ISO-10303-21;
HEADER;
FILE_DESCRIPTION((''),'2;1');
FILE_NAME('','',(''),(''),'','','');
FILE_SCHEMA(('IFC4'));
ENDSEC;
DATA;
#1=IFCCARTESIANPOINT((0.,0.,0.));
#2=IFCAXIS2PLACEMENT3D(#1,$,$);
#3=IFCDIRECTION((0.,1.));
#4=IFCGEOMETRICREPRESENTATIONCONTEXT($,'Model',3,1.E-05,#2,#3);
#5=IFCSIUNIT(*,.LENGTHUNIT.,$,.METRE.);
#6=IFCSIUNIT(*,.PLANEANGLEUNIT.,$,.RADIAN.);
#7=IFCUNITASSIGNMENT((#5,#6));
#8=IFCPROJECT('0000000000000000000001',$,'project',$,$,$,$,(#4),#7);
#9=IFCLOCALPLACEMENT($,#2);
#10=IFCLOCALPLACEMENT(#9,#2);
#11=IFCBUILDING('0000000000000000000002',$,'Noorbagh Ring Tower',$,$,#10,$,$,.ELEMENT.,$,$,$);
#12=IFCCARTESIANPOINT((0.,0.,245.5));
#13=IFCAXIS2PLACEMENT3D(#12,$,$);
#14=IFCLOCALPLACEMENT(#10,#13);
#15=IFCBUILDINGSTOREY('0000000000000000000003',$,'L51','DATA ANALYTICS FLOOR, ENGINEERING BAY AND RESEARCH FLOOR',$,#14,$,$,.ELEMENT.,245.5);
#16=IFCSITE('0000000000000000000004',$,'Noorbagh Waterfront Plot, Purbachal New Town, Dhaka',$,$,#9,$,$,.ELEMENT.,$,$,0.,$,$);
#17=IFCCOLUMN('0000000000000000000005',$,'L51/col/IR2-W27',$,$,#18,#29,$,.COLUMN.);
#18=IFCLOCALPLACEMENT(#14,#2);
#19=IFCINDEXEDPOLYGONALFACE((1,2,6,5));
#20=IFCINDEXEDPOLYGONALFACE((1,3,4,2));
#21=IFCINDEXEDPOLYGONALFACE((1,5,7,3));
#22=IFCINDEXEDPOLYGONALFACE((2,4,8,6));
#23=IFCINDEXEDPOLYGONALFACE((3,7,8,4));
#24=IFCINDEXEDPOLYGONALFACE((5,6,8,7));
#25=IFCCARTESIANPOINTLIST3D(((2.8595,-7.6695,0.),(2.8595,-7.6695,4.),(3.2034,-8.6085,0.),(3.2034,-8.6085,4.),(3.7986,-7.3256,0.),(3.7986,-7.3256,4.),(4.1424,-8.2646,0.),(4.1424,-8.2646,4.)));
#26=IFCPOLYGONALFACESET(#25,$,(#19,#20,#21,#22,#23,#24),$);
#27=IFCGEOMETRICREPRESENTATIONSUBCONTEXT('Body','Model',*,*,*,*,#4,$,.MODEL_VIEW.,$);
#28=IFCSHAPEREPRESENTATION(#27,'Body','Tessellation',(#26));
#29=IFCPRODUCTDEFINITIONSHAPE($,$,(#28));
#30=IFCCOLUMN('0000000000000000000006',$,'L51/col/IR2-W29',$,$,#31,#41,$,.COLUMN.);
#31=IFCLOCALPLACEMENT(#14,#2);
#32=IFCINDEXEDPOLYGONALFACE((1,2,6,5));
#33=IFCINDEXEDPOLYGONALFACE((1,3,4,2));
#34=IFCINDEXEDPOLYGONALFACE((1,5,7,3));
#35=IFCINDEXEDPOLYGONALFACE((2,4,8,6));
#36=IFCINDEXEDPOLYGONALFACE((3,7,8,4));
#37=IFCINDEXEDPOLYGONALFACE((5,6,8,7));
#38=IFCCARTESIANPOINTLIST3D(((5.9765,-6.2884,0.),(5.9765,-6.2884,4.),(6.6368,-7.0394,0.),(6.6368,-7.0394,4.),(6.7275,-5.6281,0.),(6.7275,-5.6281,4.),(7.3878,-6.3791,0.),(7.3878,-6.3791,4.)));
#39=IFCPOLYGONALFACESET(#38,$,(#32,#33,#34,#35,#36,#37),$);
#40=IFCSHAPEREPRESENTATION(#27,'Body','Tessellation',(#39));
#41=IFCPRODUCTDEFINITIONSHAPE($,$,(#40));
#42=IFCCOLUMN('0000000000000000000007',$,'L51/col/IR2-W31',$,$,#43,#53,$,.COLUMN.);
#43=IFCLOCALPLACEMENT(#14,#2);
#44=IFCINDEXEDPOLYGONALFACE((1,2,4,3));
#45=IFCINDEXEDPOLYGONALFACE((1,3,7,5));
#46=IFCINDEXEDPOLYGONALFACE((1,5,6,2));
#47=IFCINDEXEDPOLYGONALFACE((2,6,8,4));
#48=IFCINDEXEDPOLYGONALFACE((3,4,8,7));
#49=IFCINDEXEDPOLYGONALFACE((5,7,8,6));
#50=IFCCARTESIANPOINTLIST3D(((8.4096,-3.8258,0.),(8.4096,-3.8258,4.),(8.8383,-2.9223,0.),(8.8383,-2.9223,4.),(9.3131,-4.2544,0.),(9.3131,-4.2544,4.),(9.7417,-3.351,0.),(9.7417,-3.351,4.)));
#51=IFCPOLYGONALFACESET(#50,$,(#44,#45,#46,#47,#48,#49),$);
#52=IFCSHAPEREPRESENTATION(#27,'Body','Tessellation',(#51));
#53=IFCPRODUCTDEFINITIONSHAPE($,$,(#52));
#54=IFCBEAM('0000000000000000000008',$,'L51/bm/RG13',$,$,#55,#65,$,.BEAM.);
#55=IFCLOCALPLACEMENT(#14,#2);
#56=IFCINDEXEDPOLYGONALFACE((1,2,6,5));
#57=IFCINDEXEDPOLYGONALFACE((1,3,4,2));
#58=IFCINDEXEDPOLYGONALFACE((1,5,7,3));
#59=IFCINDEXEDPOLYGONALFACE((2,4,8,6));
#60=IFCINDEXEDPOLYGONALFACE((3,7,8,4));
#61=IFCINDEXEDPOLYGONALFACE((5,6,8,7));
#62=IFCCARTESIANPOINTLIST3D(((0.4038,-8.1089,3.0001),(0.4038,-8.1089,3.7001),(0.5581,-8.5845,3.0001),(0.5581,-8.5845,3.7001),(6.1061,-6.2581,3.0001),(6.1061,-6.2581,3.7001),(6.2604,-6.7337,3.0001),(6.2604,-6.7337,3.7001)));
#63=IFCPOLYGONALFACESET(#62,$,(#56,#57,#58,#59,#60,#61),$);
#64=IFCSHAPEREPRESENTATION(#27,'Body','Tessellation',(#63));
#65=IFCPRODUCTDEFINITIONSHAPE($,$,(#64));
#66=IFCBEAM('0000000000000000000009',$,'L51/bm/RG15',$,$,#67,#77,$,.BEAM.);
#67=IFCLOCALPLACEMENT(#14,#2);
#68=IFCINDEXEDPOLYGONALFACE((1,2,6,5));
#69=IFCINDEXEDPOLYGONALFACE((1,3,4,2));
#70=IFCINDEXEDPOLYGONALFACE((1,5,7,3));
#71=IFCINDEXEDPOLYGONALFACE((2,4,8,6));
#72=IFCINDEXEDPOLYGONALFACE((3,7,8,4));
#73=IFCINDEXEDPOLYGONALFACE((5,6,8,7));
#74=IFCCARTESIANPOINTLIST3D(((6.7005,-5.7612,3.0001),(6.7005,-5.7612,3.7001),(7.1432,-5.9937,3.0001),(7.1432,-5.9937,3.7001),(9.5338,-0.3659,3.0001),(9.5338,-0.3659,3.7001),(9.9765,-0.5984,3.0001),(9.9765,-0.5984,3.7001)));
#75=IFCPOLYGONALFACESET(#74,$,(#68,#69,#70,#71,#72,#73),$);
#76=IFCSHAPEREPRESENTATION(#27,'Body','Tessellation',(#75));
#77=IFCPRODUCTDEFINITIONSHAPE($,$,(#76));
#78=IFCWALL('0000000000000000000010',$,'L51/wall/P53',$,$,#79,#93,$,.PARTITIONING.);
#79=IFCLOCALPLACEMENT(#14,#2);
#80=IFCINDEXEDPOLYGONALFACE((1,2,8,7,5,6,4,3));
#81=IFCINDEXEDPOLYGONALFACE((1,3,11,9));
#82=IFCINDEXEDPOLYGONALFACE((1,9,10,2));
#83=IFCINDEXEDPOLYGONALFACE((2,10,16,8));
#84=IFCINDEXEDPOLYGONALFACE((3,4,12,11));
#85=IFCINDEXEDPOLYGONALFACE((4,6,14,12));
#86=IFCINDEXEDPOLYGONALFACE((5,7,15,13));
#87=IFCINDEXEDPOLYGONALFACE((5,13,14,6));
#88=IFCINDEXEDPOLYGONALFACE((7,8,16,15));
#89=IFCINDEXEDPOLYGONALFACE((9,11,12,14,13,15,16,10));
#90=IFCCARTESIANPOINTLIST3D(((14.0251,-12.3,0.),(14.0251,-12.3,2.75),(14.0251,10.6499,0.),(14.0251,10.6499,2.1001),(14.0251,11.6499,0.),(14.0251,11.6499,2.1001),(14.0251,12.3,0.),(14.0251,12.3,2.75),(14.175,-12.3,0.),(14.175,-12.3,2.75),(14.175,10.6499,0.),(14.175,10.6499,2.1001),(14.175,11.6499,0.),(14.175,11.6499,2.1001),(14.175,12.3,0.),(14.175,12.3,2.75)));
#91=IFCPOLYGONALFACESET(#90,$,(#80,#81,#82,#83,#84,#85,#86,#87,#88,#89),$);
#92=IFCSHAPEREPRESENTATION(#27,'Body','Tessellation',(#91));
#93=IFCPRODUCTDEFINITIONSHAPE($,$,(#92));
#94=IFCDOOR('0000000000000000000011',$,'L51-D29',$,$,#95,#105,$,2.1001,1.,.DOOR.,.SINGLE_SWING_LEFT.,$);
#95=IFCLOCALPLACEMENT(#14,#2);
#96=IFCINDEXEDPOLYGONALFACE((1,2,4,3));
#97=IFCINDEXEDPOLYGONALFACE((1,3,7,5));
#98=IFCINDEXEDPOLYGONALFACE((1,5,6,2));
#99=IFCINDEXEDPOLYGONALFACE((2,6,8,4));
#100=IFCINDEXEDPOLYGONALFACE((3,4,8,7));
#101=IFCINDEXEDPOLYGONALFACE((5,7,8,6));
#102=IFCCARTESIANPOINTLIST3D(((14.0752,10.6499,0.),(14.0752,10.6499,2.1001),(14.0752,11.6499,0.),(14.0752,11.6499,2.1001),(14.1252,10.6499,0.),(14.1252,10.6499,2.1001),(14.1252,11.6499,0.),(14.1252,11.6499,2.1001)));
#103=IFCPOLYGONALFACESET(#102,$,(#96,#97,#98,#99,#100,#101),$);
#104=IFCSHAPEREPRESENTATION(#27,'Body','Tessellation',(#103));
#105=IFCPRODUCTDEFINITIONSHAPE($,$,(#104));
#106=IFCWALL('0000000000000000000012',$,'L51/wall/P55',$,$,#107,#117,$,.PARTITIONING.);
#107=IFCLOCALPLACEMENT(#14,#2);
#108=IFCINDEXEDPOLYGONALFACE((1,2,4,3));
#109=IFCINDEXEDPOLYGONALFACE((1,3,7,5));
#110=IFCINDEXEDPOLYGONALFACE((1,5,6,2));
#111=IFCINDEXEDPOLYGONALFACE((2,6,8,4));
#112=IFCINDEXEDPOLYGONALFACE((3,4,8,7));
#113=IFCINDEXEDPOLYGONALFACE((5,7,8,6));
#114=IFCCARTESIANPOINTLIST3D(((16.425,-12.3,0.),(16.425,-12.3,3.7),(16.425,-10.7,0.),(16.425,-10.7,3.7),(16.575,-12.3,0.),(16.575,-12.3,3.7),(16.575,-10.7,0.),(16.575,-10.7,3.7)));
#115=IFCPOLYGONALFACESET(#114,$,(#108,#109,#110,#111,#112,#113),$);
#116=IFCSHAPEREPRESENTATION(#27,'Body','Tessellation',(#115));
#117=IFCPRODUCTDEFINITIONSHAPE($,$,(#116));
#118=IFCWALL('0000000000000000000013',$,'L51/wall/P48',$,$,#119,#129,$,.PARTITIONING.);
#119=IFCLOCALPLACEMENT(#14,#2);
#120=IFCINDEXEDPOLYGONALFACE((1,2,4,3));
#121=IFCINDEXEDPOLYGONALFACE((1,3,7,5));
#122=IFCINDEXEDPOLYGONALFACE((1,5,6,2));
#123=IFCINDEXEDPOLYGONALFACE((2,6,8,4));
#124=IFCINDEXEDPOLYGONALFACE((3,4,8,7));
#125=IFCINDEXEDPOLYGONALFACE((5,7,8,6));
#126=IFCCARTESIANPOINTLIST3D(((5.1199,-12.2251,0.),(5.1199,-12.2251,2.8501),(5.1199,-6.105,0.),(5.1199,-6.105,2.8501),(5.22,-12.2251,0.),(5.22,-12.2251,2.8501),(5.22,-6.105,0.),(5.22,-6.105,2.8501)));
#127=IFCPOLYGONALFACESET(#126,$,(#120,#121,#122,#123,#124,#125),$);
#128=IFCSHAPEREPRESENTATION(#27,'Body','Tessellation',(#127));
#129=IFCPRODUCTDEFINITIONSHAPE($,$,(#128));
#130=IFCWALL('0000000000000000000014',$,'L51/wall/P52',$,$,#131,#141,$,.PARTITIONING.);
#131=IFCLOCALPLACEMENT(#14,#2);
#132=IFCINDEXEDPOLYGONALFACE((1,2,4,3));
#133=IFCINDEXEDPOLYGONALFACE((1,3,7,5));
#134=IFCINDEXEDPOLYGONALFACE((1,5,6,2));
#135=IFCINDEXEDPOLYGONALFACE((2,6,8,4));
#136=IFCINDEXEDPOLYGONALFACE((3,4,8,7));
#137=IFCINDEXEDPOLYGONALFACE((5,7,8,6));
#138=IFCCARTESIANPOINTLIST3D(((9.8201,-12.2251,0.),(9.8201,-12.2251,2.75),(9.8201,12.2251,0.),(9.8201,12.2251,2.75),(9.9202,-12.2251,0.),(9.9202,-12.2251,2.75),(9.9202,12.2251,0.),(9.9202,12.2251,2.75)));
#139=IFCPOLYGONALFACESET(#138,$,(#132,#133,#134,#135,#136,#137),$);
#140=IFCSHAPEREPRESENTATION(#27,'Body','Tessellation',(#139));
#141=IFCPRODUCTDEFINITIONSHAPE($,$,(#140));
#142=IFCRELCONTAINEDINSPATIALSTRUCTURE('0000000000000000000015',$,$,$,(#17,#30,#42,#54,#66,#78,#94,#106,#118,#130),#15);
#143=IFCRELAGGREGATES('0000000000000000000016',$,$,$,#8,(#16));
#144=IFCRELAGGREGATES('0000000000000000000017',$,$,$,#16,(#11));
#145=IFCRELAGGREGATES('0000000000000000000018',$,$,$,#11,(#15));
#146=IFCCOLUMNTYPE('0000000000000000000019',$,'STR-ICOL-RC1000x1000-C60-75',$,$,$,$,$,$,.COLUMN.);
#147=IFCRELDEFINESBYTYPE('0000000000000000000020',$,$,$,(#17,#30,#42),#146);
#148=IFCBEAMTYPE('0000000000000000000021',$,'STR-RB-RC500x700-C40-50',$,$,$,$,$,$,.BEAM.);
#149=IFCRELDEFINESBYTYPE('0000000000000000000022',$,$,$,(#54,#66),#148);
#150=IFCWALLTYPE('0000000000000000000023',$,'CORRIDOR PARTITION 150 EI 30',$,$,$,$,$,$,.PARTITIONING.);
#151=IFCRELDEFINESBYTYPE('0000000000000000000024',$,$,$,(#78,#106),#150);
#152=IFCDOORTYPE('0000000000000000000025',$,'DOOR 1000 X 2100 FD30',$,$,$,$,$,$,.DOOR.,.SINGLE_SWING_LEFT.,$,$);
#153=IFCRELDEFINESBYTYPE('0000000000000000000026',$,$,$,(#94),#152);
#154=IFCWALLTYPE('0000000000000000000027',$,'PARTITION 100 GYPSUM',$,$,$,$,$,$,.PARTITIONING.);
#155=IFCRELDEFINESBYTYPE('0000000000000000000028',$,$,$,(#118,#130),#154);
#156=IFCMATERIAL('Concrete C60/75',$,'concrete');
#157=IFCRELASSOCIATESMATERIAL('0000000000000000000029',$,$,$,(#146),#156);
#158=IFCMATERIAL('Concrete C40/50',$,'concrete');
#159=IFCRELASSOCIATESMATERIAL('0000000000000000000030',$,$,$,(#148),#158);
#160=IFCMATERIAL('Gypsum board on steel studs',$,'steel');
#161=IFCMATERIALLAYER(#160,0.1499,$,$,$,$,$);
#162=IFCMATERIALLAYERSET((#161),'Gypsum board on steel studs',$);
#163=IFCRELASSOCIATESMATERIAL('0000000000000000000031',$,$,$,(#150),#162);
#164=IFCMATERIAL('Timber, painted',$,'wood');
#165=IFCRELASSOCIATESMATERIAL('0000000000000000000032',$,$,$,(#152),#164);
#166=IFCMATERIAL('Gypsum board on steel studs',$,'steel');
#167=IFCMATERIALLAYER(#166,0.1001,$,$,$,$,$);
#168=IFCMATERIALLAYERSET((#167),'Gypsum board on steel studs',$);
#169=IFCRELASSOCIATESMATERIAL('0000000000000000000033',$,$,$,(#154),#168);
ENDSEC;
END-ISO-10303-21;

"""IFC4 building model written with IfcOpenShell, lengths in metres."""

from ifc_helpers import new_model, si_unit, direction, frame, frame_2d, origin, origin_2d, place, context, subcontext, project, spatial, rectangle, extrude, material, layer, layer_set, material_profile, profile_set, type_object, element, fill, save


model = new_model("IFC4")

# Units and contexts
model_context = context("Model", 3, precision=1e-05, world=origin(), true_north=direction((0.0, 1.0)))
body_context = subcontext(model_context, "Body", "Model", "MODEL_VIEW")
ifc_project = project(units=[si_unit("LENGTHUNIT", "METRE"), si_unit("PLANEANGLEUNIT", "RADIAN")], contexts=[model_context])

# Site, building, storey
site_placement = place(None, origin())
site = spatial("IfcSite", under=ifc_project, at=site_placement, Name="Noorbagh Waterfront Plot, Purbachal New Town, Dhaka", CompositionType="ELEMENT", RefElevation=0.0)
building_placement = place(site_placement, origin())
building = spatial("IfcBuilding", under=site, at=building_placement, Name="Noorbagh Ring Tower", CompositionType="ELEMENT")
storey_placement = place(building_placement, frame((0.0, 0.0, 245.5)))
storey = spatial("IfcBuildingStorey", under=building, at=storey_placement, Name="L51", Description="DATA ANALYTICS FLOOR, ENGINEERING BAY AND RESEARCH FLOOR", CompositionType="ELEMENT", Elevation=245.5)

# Columns
ifc_material_1 = material(Name="Concrete C60/75", Category="concrete")
ifc_material_profile_1 = material_profile(ifc_material_1, rectangle(XDim=1.0, YDim=1.0, at=origin_2d()), Name="RC1000x1000")
ifc_profile_set_1 = profile_set([ifc_material_profile_1], Name="Concrete C60/75")
column_type = type_object("IfcColumnType", Name="STR-ICOL-RC1000x1000-C60-75", PredefinedType="COLUMN", material=ifc_profile_set_1)
for number, where, z_axis, x_axis, name in (
    (1, (3.501, -7.967, 0.0), (0.0, 0.0, 1.0), (0.93902, 0.343864, 0.0), "L51/col/IR2-W27"),
    (2, (6.6821, -6.3337, 0.0), (0.0, 0.0, 1.0), (0.751022, 0.660277, 0.0), "L51/col/IR2-W29"),
    (3, (9.0757, -3.5884, 0.0), (0.0, 0.0, 1.0), (0.428667, 0.903463, 0.0), "L51/col/IR2-W31"),
):
    element("IfcColumn", number, at=place(storey_placement, frame(where, z_axis=z_axis, x_axis=x_axis)), inside=storey, type_object=column_type, Name=name, PredefinedType="COLUMN", context=body_context, shape_type="SweptSolid", body=[
        extrude(rectangle(XDim=1.0, YDim=1.0, at=origin_2d()), origin(), (0.0, 0.0, 1.0), 4.0),
    ])

# Beams
ifc_material_2 = material(Name="Concrete C40/50", Category="concrete")
ifc_material_profile_2 = material_profile(ifc_material_2, rectangle(XDim=0.5, YDim=0.7, at=origin_2d()), Name="RC500x700")
ifc_profile_set_2 = profile_set([ifc_material_profile_2], Name="Concrete C40/50")
beam_type = type_object("IfcBeamType", Name="STR-RB-RC500x700-C40-50", PredefinedType="BEAM", material=ifc_profile_set_2)
beam_1_placement = place(storey_placement, frame((0.481, -8.3467, 3.3501), z_axis=(0.951154, 0.308717, 0.0), x_axis=(-0.308717, 0.951154, 0.0)))
element("IfcBeam", 4, at=beam_1_placement, inside=storey, type_object=beam_type, Name="L51/bm/RG13", PredefinedType="BEAM", context=body_context, shape_type="SweptSolid", body=[
    extrude(rectangle(XDim=0.5, YDim=0.7, at=origin_2d()), origin(), (0.0, 0.0, 1.0), 5.9951),
])
beam_2_placement = place(storey_placement, frame((6.9219, -5.8774, 3.3501), z_axis=(0.464929, 0.885348, 0.0), x_axis=(-0.885348, 0.464929, 0.0)))
element("IfcBeam", 5, at=beam_2_placement, inside=storey, type_object=beam_type, Name="L51/bm/RG15", PredefinedType="BEAM", context=body_context, shape_type="SweptSolid", body=[
    extrude(rectangle(XDim=0.5, YDim=0.7, at=origin_2d()), origin(), (0.0, 0.0, 1.0), 6.094),
])

# Wall, opening, door
ifc_material_3 = material(Name="Gypsum board on steel studs", Category="steel")
ifc_layer_1 = layer(ifc_material_3, 0.1499)
ifc_layer_set_1 = layer_set([ifc_layer_1], Name="Gypsum board on steel studs")
wall_type_1 = type_object("IfcWallType", Name="CORRIDOR PARTITION 150 EI 30", PredefinedType="PARTITIONING", material=ifc_layer_set_1)
wall_1_placement = place(storey_placement, frame((14.1001, -12.3, 0.0), z_axis=(0.0, 0.0, 1.0), x_axis=(0.0, 1.0, 0.0)))
wall_1 = element("IfcWall", 6, at=wall_1_placement, inside=storey, type_object=wall_type_1, Name="L51/wall/P53", PredefinedType="PARTITIONING", context=body_context, shape_type="SweptSolid", body=[
    extrude(rectangle(XDim=24.6001, YDim=0.1499, at=frame_2d((12.3, 0.0))), origin(), (0.0, 0.0, 1.0), 2.75),
])
opening_placement = place(wall_1_placement, frame((22.95, 0.0, 0.0)))
opening = element("IfcOpeningElement", 7, at=opening_placement, cuts=wall_1, PredefinedType="OPENING", context=body_context, shape_type="SweptSolid", body=[
    extrude(rectangle(XDim=1.0, YDim=2.1001, at=frame_2d((0.5, 1.05))), frame((0.0, 0.085, 0.0), z_axis=(0.0, -1.0, 0.0), x_axis=(1.0, 0.0, 0.0)), (0.0, 0.0, 1.0), 0.1699),
])
ifc_material_4 = material(Name="Timber, painted", Category="wood")
door_type = type_object("IfcDoorType", Name="DOOR 1000 X 2100 FD30", OperationType="SINGLE_SWING_LEFT", PredefinedType="DOOR", material=ifc_material_4)
door_placement = place(opening_placement, origin())
door = element("IfcDoor", 8, at=door_placement, inside=storey, type_object=door_type, Name="L51-D29", OperationType="SINGLE_SWING_LEFT", OverallHeight=2.1001, OverallWidth=1.0, PredefinedType="DOOR", context=body_context, shape_type="SweptSolid", body=[
    extrude(rectangle(XDim=1.0, YDim=2.1001, at=frame_2d((0.5, 1.05))), frame((0.0, 0.0249, 0.0), z_axis=(0.0, -1.0, 0.0), x_axis=(1.0, 0.0, 0.0)), (0.0, 0.0, 1.0), 0.05),
])
fill(opening, door)

# Walls
wall_2_placement = place(storey_placement, frame((16.5, -12.3, 0.0), z_axis=(0.0, 0.0, 1.0), x_axis=(0.0, 1.0, 0.0)))
element("IfcWall", 9, at=wall_2_placement, inside=storey, type_object=wall_type_1, Name="L51/wall/P55", PredefinedType="PARTITIONING", context=body_context, shape_type="SweptSolid", body=[
    extrude(rectangle(XDim=1.6001, YDim=0.1499, at=frame_2d((0.8, 0.0))), origin(), (0.0, 0.0, 1.0), 3.7),
])
ifc_material_5 = material(Name="Gypsum board on steel studs", Category="steel")
ifc_layer_2 = layer(ifc_material_5, 0.1001)
ifc_layer_set_2 = layer_set([ifc_layer_2], Name="Gypsum board on steel studs")
wall_type_2 = type_object("IfcWallType", Name="PARTITION 100 GYPSUM", PredefinedType="PARTITIONING", material=ifc_layer_set_2)
wall_3_placement = place(storey_placement, frame((5.1699, -12.2251, 0.0), z_axis=(0.0, 0.0, 1.0), x_axis=(0.0, 1.0, 0.0)))
element("IfcWall", 10, at=wall_3_placement, inside=storey, type_object=wall_type_2, Name="L51/wall/P48", PredefinedType="PARTITIONING", context=body_context, shape_type="SweptSolid", body=[
    extrude(rectangle(XDim=6.1201, YDim=0.1001, at=frame_2d((3.0601, 0.0))), origin(), (0.0, 0.0, 1.0), 2.8501),
])
wall_4_placement = place(storey_placement, frame((9.8701, -12.2251, 0.0), z_axis=(0.0, 0.0, 1.0), x_axis=(0.0, 1.0, 0.0)))
element("IfcWall", 11, at=wall_4_placement, inside=storey, type_object=wall_type_2, Name="L51/wall/P52", PredefinedType="PARTITIONING", context=body_context, shape_type="SweptSolid", body=[
    extrude(rectangle(XDim=24.4502, YDim=0.1001, at=frame_2d((12.2251, 0.0))), origin(), (0.0, 0.0, 1.0), 2.75),
])

save(model, "model.ifc")
